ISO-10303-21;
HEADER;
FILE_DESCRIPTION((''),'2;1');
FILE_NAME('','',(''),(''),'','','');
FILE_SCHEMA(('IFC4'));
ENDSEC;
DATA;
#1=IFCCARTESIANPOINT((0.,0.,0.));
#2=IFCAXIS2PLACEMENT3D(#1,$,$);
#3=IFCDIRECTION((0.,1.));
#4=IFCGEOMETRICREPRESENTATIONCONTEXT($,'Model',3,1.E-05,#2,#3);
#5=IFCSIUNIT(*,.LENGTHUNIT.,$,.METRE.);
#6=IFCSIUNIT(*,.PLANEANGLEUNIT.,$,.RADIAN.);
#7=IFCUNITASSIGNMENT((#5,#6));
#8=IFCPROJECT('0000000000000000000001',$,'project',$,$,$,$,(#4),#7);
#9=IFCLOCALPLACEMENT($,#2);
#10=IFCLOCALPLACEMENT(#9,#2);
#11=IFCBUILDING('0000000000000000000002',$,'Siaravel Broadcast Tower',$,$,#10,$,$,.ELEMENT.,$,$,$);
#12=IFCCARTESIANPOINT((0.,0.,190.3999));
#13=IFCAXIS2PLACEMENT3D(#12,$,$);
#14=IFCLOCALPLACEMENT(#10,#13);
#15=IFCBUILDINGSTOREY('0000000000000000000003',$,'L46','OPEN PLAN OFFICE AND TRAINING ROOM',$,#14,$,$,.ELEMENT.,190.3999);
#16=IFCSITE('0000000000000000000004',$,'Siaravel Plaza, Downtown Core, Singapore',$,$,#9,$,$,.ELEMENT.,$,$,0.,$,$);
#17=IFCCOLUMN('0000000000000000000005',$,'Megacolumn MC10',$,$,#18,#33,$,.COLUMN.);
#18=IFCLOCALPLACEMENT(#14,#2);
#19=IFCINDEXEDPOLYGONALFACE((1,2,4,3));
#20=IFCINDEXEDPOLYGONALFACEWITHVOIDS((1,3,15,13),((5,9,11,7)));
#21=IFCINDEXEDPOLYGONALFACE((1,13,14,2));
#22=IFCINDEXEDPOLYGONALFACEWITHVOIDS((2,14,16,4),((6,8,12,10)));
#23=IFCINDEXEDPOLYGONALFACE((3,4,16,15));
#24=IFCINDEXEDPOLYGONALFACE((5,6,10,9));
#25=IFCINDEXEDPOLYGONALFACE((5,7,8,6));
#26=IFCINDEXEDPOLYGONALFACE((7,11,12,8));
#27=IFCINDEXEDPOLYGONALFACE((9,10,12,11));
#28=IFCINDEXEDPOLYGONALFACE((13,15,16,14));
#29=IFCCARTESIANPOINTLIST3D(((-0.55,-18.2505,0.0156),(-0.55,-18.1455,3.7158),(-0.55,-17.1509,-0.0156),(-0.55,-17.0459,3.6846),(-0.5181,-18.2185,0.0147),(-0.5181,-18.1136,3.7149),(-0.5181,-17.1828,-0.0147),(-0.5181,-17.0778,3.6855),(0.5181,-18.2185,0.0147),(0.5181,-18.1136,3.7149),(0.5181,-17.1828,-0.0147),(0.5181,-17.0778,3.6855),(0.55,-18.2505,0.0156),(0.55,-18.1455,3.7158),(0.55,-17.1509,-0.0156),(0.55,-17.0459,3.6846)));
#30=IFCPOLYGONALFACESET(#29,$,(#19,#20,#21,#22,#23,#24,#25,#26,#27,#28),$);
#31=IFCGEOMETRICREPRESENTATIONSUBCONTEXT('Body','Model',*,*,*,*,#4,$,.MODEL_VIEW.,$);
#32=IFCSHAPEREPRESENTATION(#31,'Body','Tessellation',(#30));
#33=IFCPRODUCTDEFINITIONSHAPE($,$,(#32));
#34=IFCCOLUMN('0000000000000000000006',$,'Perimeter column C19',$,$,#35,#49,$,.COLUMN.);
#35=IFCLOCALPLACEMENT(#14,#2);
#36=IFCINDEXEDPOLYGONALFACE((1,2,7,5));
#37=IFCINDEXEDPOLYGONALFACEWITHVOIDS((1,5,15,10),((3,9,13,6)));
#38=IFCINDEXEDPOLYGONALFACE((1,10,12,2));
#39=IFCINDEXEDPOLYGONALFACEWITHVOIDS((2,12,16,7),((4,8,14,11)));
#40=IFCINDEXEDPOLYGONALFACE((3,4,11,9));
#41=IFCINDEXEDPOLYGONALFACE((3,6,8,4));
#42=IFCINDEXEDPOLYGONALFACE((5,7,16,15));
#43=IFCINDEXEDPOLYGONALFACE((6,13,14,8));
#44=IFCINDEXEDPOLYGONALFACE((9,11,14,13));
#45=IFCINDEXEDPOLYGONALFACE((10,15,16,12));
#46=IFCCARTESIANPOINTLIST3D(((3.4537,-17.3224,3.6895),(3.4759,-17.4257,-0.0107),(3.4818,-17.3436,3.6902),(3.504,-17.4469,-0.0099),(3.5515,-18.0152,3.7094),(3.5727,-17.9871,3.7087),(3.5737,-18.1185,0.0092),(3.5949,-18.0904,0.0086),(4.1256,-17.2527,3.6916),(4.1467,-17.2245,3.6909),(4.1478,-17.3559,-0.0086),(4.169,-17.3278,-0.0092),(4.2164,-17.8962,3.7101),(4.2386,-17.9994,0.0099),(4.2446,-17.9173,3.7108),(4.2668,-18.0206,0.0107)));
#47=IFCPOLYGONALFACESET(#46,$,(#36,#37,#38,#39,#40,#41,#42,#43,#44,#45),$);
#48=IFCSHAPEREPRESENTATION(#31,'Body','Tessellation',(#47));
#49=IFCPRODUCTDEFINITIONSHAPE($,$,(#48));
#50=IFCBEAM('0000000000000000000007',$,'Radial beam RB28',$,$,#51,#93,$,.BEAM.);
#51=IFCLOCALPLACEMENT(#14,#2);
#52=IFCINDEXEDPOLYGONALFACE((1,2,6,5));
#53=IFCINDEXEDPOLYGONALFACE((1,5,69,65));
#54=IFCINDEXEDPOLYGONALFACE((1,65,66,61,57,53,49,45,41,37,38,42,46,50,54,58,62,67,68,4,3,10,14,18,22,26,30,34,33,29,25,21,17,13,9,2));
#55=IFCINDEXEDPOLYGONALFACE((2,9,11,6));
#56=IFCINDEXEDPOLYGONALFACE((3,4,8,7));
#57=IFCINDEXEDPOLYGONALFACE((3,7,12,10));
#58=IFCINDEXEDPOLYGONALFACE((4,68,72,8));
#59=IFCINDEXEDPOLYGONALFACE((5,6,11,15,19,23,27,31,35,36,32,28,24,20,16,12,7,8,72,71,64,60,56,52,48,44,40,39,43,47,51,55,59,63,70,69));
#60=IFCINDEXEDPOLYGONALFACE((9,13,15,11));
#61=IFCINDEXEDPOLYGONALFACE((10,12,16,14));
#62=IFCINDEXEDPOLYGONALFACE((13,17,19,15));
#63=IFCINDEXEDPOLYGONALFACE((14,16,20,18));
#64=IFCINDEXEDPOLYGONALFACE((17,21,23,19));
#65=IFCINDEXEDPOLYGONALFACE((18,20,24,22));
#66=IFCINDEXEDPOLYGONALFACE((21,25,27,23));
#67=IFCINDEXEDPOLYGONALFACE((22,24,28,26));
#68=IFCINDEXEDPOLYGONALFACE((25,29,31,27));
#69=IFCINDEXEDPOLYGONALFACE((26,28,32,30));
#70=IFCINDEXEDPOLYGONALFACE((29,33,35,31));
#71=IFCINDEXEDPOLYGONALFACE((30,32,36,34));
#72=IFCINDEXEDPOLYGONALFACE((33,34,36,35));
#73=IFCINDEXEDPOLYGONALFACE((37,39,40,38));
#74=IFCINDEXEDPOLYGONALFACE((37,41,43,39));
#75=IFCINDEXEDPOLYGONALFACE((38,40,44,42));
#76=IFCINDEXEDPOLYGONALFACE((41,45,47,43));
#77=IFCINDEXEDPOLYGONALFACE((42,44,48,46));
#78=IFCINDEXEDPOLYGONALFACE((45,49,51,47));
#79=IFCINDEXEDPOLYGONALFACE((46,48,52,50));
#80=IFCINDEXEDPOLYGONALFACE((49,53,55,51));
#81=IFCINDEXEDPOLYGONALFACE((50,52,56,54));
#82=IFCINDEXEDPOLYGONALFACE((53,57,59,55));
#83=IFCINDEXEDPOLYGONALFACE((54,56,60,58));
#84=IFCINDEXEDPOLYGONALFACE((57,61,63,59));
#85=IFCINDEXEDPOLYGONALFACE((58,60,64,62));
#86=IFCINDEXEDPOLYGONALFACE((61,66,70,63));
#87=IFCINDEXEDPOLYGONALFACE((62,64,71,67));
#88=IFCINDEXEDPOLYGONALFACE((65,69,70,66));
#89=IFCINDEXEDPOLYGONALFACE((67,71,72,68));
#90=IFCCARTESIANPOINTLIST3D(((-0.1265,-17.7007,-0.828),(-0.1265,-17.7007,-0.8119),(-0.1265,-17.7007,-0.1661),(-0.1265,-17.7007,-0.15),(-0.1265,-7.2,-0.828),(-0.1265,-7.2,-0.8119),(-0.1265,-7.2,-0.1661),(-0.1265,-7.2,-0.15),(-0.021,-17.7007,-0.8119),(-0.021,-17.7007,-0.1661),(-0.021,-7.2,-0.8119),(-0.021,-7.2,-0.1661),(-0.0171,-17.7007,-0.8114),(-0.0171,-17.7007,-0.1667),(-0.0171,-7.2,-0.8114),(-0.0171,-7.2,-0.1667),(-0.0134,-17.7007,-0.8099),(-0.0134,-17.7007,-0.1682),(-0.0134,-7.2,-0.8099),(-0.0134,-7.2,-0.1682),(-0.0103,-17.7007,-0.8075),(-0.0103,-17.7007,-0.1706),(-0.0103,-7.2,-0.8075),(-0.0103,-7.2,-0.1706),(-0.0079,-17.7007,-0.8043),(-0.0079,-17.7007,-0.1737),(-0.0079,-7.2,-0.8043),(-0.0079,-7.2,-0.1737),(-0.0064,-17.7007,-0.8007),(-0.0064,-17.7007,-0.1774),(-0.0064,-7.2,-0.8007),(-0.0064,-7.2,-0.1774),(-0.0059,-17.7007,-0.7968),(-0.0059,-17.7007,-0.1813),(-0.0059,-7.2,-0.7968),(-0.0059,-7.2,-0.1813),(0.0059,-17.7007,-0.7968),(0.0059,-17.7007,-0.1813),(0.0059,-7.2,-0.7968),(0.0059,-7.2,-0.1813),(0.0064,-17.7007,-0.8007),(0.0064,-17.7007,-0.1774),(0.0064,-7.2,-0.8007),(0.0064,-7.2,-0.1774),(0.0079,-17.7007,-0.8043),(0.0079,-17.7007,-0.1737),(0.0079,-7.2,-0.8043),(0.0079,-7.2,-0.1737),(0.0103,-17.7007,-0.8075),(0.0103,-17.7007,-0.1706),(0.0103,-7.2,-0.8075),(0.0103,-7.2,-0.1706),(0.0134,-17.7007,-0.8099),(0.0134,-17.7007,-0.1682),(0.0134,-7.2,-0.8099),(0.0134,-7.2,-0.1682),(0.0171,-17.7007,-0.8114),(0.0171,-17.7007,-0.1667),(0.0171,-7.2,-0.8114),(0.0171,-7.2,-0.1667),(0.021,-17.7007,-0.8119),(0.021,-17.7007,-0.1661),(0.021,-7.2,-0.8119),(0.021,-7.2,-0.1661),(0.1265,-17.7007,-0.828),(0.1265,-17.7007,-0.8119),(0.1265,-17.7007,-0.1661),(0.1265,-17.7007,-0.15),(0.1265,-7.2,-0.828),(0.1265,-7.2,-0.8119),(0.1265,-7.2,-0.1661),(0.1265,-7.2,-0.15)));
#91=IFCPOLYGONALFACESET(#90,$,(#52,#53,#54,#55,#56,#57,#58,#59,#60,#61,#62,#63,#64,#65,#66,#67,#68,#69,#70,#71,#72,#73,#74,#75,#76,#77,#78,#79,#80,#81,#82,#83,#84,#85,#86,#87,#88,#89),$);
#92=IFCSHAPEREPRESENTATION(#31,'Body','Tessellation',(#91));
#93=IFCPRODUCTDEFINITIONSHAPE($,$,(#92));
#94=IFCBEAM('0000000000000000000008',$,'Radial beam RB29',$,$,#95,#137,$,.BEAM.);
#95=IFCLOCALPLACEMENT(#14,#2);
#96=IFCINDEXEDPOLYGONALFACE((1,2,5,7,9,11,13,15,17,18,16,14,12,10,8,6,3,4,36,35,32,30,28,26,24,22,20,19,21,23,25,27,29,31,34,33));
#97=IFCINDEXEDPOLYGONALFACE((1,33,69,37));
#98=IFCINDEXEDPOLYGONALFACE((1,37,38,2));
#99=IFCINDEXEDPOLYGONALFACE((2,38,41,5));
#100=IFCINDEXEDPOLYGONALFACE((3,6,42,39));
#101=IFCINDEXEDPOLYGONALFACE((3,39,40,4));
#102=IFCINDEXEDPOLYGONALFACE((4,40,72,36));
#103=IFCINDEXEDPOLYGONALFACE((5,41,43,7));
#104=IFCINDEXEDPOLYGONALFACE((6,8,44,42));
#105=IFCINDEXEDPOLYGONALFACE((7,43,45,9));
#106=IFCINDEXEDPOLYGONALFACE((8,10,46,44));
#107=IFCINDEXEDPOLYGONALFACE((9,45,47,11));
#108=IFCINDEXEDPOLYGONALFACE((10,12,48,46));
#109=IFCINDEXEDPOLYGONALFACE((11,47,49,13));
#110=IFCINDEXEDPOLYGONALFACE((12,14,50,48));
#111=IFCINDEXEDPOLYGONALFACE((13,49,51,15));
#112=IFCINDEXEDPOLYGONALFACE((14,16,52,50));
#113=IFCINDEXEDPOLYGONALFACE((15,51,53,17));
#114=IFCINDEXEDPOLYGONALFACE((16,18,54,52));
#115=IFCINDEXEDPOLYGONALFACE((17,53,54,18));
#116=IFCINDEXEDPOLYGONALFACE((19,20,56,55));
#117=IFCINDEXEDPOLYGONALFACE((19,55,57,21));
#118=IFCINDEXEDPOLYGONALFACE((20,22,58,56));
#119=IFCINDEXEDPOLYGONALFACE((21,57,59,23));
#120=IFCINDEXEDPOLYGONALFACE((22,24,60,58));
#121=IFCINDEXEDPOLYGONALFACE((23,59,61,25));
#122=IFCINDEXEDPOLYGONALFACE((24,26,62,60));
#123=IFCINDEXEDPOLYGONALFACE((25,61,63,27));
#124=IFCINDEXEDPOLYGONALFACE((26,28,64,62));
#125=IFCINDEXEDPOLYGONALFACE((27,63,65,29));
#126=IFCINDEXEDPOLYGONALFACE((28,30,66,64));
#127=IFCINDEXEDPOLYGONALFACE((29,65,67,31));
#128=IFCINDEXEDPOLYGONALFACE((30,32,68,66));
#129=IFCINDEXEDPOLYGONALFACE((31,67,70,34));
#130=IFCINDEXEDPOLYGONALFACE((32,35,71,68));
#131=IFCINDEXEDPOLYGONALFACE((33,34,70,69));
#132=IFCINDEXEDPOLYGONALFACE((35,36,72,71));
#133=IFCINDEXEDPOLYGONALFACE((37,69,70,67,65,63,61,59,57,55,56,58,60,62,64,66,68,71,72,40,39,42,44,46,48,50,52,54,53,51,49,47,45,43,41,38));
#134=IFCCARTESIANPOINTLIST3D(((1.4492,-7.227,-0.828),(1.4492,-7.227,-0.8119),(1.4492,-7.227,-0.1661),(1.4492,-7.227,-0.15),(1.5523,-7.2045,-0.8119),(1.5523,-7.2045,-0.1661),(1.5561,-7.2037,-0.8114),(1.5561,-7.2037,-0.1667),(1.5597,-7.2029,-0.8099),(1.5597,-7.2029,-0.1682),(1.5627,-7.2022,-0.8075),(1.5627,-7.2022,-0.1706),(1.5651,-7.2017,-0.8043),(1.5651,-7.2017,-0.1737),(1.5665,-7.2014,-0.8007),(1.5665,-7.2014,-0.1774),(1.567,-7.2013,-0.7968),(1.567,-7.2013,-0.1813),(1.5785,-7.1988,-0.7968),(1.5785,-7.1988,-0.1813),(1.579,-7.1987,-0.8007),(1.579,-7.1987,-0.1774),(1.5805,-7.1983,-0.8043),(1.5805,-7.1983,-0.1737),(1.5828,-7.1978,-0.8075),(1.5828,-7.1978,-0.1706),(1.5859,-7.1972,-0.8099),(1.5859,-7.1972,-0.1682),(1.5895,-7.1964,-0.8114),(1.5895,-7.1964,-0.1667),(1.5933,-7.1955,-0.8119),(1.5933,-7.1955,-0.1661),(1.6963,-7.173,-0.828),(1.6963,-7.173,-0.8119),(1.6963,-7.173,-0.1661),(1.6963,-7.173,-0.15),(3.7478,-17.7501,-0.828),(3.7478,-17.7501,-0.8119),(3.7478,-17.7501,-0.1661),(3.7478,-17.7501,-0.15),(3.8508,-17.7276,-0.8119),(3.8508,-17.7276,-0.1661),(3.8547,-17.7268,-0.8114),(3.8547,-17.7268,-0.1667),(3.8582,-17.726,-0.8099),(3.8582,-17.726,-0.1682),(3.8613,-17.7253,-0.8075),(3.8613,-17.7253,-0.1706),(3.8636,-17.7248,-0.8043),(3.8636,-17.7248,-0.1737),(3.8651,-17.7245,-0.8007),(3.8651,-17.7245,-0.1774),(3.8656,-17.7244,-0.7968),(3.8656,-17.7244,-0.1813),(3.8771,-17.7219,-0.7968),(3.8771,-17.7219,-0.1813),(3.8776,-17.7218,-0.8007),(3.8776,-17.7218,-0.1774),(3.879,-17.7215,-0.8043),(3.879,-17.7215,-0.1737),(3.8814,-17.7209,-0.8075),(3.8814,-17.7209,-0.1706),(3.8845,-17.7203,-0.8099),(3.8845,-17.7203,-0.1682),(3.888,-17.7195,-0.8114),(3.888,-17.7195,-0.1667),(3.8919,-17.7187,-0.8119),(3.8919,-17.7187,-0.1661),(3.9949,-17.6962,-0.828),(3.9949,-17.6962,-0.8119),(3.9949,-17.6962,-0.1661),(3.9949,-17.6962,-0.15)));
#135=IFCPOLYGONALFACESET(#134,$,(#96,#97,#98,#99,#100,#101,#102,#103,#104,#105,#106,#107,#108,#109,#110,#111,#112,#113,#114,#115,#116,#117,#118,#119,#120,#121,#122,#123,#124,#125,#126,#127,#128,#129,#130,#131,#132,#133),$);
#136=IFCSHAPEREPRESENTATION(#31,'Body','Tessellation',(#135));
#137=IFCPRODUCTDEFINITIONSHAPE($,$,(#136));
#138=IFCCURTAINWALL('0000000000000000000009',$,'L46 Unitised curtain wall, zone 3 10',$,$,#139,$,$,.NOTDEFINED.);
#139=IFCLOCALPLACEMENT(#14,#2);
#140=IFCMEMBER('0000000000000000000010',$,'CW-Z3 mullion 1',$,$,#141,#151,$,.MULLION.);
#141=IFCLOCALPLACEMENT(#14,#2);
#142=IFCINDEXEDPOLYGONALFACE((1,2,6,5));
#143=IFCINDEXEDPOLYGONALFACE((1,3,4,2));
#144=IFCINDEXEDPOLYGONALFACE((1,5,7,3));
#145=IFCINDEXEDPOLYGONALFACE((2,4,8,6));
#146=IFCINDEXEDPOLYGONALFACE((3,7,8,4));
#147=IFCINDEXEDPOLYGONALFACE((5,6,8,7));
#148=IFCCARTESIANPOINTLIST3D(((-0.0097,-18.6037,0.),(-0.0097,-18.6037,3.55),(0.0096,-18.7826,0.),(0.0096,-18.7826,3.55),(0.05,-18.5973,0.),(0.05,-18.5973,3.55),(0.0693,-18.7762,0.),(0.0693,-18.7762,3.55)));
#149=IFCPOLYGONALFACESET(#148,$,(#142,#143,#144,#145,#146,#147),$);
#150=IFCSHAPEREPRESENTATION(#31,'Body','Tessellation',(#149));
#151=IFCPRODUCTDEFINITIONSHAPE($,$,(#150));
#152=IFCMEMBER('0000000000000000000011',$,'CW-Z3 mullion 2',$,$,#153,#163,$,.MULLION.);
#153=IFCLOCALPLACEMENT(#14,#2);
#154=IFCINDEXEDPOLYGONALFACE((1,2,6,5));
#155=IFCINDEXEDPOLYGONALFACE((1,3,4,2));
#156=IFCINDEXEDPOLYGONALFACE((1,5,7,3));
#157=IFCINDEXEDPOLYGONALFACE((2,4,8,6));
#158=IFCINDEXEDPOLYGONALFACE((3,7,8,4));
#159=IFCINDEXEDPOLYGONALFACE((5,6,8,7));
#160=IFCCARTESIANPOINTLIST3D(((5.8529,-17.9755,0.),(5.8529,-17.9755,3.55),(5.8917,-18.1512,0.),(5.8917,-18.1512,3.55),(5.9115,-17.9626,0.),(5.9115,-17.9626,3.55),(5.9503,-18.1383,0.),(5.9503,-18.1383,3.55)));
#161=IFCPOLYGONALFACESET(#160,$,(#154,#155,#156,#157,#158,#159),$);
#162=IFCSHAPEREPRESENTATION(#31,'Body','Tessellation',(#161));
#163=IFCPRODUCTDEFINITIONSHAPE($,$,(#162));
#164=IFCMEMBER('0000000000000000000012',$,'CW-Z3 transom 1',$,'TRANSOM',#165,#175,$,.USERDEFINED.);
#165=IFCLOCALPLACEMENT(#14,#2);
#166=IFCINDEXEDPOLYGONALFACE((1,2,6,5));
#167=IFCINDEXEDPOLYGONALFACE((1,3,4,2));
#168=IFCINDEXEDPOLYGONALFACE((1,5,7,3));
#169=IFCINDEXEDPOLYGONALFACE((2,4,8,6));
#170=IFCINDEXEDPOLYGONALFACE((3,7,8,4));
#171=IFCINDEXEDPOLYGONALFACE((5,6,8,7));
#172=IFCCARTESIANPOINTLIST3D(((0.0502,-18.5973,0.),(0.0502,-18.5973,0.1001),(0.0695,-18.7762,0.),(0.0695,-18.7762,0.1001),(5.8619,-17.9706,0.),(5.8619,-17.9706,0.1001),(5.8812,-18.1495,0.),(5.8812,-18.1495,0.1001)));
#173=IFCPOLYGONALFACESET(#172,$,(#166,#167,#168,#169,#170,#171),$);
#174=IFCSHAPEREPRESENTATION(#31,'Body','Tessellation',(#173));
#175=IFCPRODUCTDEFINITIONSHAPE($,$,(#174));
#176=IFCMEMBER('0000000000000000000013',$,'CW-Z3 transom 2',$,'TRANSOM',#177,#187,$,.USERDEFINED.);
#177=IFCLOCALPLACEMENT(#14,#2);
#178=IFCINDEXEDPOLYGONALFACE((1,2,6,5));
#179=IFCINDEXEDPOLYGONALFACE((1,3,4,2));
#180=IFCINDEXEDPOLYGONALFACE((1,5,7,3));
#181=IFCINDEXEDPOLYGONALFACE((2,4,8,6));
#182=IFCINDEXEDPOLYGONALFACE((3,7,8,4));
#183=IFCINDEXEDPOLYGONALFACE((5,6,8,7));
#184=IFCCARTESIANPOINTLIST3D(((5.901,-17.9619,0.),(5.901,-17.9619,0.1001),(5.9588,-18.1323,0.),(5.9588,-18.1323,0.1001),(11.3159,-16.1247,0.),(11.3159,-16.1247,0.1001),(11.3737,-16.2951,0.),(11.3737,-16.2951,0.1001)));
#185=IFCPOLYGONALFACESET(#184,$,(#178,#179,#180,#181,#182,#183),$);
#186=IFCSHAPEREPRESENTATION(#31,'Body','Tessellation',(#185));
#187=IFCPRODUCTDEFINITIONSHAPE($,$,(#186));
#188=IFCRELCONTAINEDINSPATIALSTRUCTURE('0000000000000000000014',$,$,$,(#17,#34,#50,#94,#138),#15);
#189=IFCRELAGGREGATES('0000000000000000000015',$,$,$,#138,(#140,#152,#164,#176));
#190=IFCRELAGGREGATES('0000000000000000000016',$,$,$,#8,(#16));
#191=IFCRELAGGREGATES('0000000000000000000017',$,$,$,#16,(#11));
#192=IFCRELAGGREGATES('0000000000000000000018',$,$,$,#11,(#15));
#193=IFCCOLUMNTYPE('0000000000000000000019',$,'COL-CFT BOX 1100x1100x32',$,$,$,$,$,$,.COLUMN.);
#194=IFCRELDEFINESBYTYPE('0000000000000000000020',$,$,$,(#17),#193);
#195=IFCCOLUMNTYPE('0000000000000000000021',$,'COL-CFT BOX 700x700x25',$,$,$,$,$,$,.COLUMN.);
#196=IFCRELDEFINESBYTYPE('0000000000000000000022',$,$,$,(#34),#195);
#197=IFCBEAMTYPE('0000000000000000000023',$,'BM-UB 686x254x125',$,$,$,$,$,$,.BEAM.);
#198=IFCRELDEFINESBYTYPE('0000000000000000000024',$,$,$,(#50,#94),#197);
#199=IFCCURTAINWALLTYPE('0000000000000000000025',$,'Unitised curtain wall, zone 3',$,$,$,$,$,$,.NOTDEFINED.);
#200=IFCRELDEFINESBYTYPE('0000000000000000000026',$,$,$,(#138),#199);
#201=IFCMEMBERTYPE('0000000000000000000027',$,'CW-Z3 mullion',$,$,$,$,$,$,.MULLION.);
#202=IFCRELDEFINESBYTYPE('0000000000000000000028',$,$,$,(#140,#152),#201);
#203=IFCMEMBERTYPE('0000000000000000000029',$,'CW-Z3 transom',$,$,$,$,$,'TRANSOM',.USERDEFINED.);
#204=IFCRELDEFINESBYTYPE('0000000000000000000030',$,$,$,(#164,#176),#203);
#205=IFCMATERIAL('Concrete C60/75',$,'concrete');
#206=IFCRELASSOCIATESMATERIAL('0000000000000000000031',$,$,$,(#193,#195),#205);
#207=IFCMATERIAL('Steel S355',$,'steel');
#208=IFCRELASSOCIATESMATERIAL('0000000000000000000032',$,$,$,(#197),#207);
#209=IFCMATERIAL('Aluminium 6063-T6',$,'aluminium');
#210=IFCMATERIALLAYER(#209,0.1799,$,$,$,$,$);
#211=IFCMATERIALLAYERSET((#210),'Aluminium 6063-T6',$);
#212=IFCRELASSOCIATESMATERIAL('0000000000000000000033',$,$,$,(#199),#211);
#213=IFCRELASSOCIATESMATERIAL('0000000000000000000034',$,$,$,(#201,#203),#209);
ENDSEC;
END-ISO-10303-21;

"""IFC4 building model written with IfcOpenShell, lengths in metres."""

from ifc_helpers import new_model, si_unit, direction, frame, origin, origin_2d, place, context, subcontext, project, spatial, rectangle, hollow_rectangle, i_section, extrude, material, layer, layer_set, material_profile, profile_set, type_object, element, aggregate, save


model = new_model("IFC4")

# Units and contexts
model_context = context("Model", 3, precision=1e-05, world=origin(), true_north=direction((0.0, 1.0)))
body_context = subcontext(model_context, "Body", "Model", "MODEL_VIEW")
ifc_project = project(units=[si_unit("LENGTHUNIT", "METRE"), si_unit("PLANEANGLEUNIT", "RADIAN")], contexts=[model_context])

# Site, building, storey
site_placement = place(None, origin())
site = spatial("IfcSite", under=ifc_project, at=site_placement, Name="Siaravel Plaza, Downtown Core, Singapore", CompositionType="ELEMENT", RefElevation=0.0)
building_placement = place(site_placement, origin())
building = spatial("IfcBuilding", under=site, at=building_placement, Name="Siaravel Broadcast Tower", CompositionType="ELEMENT")
storey_placement = place(building_placement, frame((0.0, 0.0, 190.3999)))
storey = spatial("IfcBuildingStorey", under=building, at=storey_placement, Name="L46", Description="OPEN PLAN OFFICE AND TRAINING ROOM", CompositionType="ELEMENT", Elevation=190.3999)

# Columns
ifc_material_1 = material(Name="Concrete C60/75", Category="concrete")
ifc_material_profile_1 = material_profile(ifc_material_1, hollow_rectangle(XDim=1.1001, YDim=1.1001, WallThickness=0.032, at=origin_2d()))
ifc_profile_set_1 = profile_set([ifc_material_profile_1], Name="Concrete C60/75")
column_type_1 = type_object("IfcColumnType", Name="COL-CFT BOX 1100x1100x32", PredefinedType="COLUMN", material=ifc_profile_set_1)
column_1_placement = place(storey_placement, frame((0.0, -17.7007, 0.0), z_axis=(0.0, 0.02836, 0.999598), x_axis=(-1.0, 0.0, 0.0)))
element("IfcColumn", 1, at=column_1_placement, inside=storey, type_object=column_type_1, Name="Megacolumn MC10", PredefinedType="COLUMN", context=body_context, shape_type="SweptSolid", body=[
    extrude(hollow_rectangle(XDim=1.1001, YDim=1.1001, WallThickness=0.032, at=origin_2d()), origin(), (0.0, 0.0, 1.0), 3.7017),
])
ifc_material_profile_2 = material_profile(ifc_material_1, hollow_rectangle(XDim=0.7, YDim=0.7, WallThickness=0.0249, at=origin_2d()))
ifc_profile_set_2 = profile_set([ifc_material_profile_2], Name="Concrete C60/75")
column_type_2 = type_object("IfcColumnType", Name="COL-CFT BOX 700x700x25", PredefinedType="COLUMN", material=ifc_profile_set_2)
column_2_placement = place(storey_placement, frame((3.8713, -17.7231, 0.0), z_axis=(-0.006002, 0.027898, 0.999593), x_axis=(-0.990169, -0.139858, -0.002042)))
element("IfcColumn", 2, at=column_2_placement, inside=storey, type_object=column_type_2, Name="Perimeter column C19", PredefinedType="COLUMN", context=body_context, shape_type="SweptSolid", body=[
    extrude(hollow_rectangle(XDim=0.7, YDim=0.7, WallThickness=0.0249, at=origin_2d()), origin(), (0.0, 0.0, 1.0), 3.7017),
])

# Beams
ifc_material_2 = material(Name="Steel S355", Category="steel")
ifc_material_profile_3 = material_profile(ifc_material_2, i_section(OverallWidth=0.2529, OverallDepth=0.678, WebThickness=0.0117, FlangeThickness=0.0161, FilletRadius=0.0151, at=origin_2d()))
ifc_profile_set_3 = profile_set([ifc_material_profile_3], Name="Steel S355")
beam_type = type_object("IfcBeamType", Name="BM-UB 686x254x125", PredefinedType="BEAM", material=ifc_profile_set_3)
beam_1_placement = place(storey_placement, frame((0.0, -17.7007, -0.489), z_axis=(0.0, 1.0, 0.0), x_axis=(-1.0, 0.0, 0.0)))
element("IfcBeam", 3, at=beam_1_placement, inside=storey, type_object=beam_type, Name="Radial beam RB28", PredefinedType="BEAM", context=body_context, shape_type="SweptSolid", body=[
    extrude(i_section(OverallWidth=0.2529, OverallDepth=0.678, WebThickness=0.0117, FlangeThickness=0.0161, FilletRadius=0.0151, at=origin_2d()), origin(), (0.0, 0.0, 1.0), 10.5007),
])
beam_2_placement = place(storey_placement, frame((3.8713, -17.7231, -0.489), z_axis=(-0.213399, 0.976965, 0.0), x_axis=(-0.976965, -0.213399, 0.0)))
element("IfcBeam", 4, at=beam_2_placement, inside=storey, type_object=beam_type, Name="Radial beam RB29", PredefinedType="BEAM", context=body_context, shape_type="SweptSolid", body=[
    extrude(i_section(OverallWidth=0.2529, OverallDepth=0.678, WebThickness=0.0117, FlangeThickness=0.0161, FilletRadius=0.0151, at=origin_2d()), origin(), (0.0, 0.0, 1.0), 10.7712),
])

# Curtain wall, members
ifc_material_3 = material(Name="Aluminium 6063-T6", Category="aluminium")
ifc_layer_1 = layer(ifc_material_3, 0.1799)
ifc_layer_set_1 = layer_set([ifc_layer_1], Name="Aluminium 6063-T6")
curtain_wall_type = type_object("IfcCurtainWallType", Name="Unitised curtain wall, zone 3", PredefinedType="NOTDEFINED", material=ifc_layer_set_1)
curtain_wall_placement = place(storey_placement, origin())
curtain_wall = element("IfcCurtainWall", 5, at=curtain_wall_placement, inside=storey, type_object=curtain_wall_type, Name="L46 Unitised curtain wall, zone 3 10", PredefinedType="NOTDEFINED")
ifc_material_profile_4 = material_profile(ifc_material_3, rectangle(XDim=0.1799, YDim=0.0601, at=origin_2d()))
ifc_profile_set_4 = profile_set([ifc_material_profile_4], Name="Aluminium 6063-T6")
member_type_1 = type_object("IfcMemberType", Name="CW-Z3 mullion", PredefinedType="MULLION", material=ifc_profile_set_4)
member_1_placement = place(storey_placement, frame((0.0298, -18.6899, 0.0), z_axis=(0.0, 0.0, 1.0), x_axis=(-0.107217, 0.994236, 0.0)))
member_1 = element("IfcMember", 6, at=member_1_placement, type_object=member_type_1, Name="CW-Z3 mullion 1", PredefinedType="MULLION", context=body_context, shape_type="SweptSolid", body=[
    extrude(rectangle(XDim=0.1799, YDim=0.0601, at=origin_2d()), origin(), (0.0, 0.0, 1.0), 3.55),
])
member_2_placement = place(storey_placement, frame((5.9016, -18.0569, 0.0), z_axis=(0.0, 0.0, 1.0), x_axis=(-0.215558, 0.976491, 0.0)))
member_2 = element("IfcMember", 7, at=member_2_placement, type_object=member_type_1, Name="CW-Z3 mullion 2", PredefinedType="MULLION", context=body_context, shape_type="SweptSolid", body=[
    extrude(rectangle(XDim=0.1799, YDim=0.0601, at=origin_2d()), origin(), (0.0, 0.0, 1.0), 3.55),
])
ifc_material_profile_5 = material_profile(ifc_material_3, rectangle(XDim=0.1799, YDim=0.1001, at=origin_2d()))
ifc_profile_set_5 = profile_set([ifc_material_profile_5], Name="Aluminium 6063-T6")
member_type_2 = type_object("IfcMemberType", Name="CW-Z3 transom", ElementType="TRANSOM", PredefinedType="USERDEFINED", material=ifc_profile_set_5)
member_3_placement = place(storey_placement, frame((0.0598, -18.6868, 0.05), z_axis=(0.994236, 0.107213, 0.0), x_axis=(-0.107213, 0.994236, 0.0)))
member_3 = element("IfcMember", 8, at=member_3_placement, type_object=member_type_2, Name="CW-Z3 transom 1", ObjectType="TRANSOM", PredefinedType="USERDEFINED", context=body_context, shape_type="SweptSolid", body=[
    extrude(rectangle(XDim=0.1799, YDim=0.1001, at=origin_2d()), origin(), (0.0, 0.0, 1.0), 5.8455),
])
member_4_placement = place(storey_placement, frame((5.9299, -18.0471, 0.05), z_axis=(0.946979, 0.321296, 0.0), x_axis=(-0.321296, 0.946979, 0.0)))
member_4 = element("IfcMember", 9, at=member_4_placement, type_object=member_type_2, Name="CW-Z3 transom 2", ObjectType="TRANSOM", PredefinedType="USERDEFINED", context=body_context, shape_type="SweptSolid", body=[
    extrude(rectangle(XDim=0.1799, YDim=0.1001, at=origin_2d()), origin(), (0.0, 0.0, 1.0), 5.718),
])

aggregate(curtain_wall, [member_1, member_2, member_3, member_4])

save(model, "model.ifc")
